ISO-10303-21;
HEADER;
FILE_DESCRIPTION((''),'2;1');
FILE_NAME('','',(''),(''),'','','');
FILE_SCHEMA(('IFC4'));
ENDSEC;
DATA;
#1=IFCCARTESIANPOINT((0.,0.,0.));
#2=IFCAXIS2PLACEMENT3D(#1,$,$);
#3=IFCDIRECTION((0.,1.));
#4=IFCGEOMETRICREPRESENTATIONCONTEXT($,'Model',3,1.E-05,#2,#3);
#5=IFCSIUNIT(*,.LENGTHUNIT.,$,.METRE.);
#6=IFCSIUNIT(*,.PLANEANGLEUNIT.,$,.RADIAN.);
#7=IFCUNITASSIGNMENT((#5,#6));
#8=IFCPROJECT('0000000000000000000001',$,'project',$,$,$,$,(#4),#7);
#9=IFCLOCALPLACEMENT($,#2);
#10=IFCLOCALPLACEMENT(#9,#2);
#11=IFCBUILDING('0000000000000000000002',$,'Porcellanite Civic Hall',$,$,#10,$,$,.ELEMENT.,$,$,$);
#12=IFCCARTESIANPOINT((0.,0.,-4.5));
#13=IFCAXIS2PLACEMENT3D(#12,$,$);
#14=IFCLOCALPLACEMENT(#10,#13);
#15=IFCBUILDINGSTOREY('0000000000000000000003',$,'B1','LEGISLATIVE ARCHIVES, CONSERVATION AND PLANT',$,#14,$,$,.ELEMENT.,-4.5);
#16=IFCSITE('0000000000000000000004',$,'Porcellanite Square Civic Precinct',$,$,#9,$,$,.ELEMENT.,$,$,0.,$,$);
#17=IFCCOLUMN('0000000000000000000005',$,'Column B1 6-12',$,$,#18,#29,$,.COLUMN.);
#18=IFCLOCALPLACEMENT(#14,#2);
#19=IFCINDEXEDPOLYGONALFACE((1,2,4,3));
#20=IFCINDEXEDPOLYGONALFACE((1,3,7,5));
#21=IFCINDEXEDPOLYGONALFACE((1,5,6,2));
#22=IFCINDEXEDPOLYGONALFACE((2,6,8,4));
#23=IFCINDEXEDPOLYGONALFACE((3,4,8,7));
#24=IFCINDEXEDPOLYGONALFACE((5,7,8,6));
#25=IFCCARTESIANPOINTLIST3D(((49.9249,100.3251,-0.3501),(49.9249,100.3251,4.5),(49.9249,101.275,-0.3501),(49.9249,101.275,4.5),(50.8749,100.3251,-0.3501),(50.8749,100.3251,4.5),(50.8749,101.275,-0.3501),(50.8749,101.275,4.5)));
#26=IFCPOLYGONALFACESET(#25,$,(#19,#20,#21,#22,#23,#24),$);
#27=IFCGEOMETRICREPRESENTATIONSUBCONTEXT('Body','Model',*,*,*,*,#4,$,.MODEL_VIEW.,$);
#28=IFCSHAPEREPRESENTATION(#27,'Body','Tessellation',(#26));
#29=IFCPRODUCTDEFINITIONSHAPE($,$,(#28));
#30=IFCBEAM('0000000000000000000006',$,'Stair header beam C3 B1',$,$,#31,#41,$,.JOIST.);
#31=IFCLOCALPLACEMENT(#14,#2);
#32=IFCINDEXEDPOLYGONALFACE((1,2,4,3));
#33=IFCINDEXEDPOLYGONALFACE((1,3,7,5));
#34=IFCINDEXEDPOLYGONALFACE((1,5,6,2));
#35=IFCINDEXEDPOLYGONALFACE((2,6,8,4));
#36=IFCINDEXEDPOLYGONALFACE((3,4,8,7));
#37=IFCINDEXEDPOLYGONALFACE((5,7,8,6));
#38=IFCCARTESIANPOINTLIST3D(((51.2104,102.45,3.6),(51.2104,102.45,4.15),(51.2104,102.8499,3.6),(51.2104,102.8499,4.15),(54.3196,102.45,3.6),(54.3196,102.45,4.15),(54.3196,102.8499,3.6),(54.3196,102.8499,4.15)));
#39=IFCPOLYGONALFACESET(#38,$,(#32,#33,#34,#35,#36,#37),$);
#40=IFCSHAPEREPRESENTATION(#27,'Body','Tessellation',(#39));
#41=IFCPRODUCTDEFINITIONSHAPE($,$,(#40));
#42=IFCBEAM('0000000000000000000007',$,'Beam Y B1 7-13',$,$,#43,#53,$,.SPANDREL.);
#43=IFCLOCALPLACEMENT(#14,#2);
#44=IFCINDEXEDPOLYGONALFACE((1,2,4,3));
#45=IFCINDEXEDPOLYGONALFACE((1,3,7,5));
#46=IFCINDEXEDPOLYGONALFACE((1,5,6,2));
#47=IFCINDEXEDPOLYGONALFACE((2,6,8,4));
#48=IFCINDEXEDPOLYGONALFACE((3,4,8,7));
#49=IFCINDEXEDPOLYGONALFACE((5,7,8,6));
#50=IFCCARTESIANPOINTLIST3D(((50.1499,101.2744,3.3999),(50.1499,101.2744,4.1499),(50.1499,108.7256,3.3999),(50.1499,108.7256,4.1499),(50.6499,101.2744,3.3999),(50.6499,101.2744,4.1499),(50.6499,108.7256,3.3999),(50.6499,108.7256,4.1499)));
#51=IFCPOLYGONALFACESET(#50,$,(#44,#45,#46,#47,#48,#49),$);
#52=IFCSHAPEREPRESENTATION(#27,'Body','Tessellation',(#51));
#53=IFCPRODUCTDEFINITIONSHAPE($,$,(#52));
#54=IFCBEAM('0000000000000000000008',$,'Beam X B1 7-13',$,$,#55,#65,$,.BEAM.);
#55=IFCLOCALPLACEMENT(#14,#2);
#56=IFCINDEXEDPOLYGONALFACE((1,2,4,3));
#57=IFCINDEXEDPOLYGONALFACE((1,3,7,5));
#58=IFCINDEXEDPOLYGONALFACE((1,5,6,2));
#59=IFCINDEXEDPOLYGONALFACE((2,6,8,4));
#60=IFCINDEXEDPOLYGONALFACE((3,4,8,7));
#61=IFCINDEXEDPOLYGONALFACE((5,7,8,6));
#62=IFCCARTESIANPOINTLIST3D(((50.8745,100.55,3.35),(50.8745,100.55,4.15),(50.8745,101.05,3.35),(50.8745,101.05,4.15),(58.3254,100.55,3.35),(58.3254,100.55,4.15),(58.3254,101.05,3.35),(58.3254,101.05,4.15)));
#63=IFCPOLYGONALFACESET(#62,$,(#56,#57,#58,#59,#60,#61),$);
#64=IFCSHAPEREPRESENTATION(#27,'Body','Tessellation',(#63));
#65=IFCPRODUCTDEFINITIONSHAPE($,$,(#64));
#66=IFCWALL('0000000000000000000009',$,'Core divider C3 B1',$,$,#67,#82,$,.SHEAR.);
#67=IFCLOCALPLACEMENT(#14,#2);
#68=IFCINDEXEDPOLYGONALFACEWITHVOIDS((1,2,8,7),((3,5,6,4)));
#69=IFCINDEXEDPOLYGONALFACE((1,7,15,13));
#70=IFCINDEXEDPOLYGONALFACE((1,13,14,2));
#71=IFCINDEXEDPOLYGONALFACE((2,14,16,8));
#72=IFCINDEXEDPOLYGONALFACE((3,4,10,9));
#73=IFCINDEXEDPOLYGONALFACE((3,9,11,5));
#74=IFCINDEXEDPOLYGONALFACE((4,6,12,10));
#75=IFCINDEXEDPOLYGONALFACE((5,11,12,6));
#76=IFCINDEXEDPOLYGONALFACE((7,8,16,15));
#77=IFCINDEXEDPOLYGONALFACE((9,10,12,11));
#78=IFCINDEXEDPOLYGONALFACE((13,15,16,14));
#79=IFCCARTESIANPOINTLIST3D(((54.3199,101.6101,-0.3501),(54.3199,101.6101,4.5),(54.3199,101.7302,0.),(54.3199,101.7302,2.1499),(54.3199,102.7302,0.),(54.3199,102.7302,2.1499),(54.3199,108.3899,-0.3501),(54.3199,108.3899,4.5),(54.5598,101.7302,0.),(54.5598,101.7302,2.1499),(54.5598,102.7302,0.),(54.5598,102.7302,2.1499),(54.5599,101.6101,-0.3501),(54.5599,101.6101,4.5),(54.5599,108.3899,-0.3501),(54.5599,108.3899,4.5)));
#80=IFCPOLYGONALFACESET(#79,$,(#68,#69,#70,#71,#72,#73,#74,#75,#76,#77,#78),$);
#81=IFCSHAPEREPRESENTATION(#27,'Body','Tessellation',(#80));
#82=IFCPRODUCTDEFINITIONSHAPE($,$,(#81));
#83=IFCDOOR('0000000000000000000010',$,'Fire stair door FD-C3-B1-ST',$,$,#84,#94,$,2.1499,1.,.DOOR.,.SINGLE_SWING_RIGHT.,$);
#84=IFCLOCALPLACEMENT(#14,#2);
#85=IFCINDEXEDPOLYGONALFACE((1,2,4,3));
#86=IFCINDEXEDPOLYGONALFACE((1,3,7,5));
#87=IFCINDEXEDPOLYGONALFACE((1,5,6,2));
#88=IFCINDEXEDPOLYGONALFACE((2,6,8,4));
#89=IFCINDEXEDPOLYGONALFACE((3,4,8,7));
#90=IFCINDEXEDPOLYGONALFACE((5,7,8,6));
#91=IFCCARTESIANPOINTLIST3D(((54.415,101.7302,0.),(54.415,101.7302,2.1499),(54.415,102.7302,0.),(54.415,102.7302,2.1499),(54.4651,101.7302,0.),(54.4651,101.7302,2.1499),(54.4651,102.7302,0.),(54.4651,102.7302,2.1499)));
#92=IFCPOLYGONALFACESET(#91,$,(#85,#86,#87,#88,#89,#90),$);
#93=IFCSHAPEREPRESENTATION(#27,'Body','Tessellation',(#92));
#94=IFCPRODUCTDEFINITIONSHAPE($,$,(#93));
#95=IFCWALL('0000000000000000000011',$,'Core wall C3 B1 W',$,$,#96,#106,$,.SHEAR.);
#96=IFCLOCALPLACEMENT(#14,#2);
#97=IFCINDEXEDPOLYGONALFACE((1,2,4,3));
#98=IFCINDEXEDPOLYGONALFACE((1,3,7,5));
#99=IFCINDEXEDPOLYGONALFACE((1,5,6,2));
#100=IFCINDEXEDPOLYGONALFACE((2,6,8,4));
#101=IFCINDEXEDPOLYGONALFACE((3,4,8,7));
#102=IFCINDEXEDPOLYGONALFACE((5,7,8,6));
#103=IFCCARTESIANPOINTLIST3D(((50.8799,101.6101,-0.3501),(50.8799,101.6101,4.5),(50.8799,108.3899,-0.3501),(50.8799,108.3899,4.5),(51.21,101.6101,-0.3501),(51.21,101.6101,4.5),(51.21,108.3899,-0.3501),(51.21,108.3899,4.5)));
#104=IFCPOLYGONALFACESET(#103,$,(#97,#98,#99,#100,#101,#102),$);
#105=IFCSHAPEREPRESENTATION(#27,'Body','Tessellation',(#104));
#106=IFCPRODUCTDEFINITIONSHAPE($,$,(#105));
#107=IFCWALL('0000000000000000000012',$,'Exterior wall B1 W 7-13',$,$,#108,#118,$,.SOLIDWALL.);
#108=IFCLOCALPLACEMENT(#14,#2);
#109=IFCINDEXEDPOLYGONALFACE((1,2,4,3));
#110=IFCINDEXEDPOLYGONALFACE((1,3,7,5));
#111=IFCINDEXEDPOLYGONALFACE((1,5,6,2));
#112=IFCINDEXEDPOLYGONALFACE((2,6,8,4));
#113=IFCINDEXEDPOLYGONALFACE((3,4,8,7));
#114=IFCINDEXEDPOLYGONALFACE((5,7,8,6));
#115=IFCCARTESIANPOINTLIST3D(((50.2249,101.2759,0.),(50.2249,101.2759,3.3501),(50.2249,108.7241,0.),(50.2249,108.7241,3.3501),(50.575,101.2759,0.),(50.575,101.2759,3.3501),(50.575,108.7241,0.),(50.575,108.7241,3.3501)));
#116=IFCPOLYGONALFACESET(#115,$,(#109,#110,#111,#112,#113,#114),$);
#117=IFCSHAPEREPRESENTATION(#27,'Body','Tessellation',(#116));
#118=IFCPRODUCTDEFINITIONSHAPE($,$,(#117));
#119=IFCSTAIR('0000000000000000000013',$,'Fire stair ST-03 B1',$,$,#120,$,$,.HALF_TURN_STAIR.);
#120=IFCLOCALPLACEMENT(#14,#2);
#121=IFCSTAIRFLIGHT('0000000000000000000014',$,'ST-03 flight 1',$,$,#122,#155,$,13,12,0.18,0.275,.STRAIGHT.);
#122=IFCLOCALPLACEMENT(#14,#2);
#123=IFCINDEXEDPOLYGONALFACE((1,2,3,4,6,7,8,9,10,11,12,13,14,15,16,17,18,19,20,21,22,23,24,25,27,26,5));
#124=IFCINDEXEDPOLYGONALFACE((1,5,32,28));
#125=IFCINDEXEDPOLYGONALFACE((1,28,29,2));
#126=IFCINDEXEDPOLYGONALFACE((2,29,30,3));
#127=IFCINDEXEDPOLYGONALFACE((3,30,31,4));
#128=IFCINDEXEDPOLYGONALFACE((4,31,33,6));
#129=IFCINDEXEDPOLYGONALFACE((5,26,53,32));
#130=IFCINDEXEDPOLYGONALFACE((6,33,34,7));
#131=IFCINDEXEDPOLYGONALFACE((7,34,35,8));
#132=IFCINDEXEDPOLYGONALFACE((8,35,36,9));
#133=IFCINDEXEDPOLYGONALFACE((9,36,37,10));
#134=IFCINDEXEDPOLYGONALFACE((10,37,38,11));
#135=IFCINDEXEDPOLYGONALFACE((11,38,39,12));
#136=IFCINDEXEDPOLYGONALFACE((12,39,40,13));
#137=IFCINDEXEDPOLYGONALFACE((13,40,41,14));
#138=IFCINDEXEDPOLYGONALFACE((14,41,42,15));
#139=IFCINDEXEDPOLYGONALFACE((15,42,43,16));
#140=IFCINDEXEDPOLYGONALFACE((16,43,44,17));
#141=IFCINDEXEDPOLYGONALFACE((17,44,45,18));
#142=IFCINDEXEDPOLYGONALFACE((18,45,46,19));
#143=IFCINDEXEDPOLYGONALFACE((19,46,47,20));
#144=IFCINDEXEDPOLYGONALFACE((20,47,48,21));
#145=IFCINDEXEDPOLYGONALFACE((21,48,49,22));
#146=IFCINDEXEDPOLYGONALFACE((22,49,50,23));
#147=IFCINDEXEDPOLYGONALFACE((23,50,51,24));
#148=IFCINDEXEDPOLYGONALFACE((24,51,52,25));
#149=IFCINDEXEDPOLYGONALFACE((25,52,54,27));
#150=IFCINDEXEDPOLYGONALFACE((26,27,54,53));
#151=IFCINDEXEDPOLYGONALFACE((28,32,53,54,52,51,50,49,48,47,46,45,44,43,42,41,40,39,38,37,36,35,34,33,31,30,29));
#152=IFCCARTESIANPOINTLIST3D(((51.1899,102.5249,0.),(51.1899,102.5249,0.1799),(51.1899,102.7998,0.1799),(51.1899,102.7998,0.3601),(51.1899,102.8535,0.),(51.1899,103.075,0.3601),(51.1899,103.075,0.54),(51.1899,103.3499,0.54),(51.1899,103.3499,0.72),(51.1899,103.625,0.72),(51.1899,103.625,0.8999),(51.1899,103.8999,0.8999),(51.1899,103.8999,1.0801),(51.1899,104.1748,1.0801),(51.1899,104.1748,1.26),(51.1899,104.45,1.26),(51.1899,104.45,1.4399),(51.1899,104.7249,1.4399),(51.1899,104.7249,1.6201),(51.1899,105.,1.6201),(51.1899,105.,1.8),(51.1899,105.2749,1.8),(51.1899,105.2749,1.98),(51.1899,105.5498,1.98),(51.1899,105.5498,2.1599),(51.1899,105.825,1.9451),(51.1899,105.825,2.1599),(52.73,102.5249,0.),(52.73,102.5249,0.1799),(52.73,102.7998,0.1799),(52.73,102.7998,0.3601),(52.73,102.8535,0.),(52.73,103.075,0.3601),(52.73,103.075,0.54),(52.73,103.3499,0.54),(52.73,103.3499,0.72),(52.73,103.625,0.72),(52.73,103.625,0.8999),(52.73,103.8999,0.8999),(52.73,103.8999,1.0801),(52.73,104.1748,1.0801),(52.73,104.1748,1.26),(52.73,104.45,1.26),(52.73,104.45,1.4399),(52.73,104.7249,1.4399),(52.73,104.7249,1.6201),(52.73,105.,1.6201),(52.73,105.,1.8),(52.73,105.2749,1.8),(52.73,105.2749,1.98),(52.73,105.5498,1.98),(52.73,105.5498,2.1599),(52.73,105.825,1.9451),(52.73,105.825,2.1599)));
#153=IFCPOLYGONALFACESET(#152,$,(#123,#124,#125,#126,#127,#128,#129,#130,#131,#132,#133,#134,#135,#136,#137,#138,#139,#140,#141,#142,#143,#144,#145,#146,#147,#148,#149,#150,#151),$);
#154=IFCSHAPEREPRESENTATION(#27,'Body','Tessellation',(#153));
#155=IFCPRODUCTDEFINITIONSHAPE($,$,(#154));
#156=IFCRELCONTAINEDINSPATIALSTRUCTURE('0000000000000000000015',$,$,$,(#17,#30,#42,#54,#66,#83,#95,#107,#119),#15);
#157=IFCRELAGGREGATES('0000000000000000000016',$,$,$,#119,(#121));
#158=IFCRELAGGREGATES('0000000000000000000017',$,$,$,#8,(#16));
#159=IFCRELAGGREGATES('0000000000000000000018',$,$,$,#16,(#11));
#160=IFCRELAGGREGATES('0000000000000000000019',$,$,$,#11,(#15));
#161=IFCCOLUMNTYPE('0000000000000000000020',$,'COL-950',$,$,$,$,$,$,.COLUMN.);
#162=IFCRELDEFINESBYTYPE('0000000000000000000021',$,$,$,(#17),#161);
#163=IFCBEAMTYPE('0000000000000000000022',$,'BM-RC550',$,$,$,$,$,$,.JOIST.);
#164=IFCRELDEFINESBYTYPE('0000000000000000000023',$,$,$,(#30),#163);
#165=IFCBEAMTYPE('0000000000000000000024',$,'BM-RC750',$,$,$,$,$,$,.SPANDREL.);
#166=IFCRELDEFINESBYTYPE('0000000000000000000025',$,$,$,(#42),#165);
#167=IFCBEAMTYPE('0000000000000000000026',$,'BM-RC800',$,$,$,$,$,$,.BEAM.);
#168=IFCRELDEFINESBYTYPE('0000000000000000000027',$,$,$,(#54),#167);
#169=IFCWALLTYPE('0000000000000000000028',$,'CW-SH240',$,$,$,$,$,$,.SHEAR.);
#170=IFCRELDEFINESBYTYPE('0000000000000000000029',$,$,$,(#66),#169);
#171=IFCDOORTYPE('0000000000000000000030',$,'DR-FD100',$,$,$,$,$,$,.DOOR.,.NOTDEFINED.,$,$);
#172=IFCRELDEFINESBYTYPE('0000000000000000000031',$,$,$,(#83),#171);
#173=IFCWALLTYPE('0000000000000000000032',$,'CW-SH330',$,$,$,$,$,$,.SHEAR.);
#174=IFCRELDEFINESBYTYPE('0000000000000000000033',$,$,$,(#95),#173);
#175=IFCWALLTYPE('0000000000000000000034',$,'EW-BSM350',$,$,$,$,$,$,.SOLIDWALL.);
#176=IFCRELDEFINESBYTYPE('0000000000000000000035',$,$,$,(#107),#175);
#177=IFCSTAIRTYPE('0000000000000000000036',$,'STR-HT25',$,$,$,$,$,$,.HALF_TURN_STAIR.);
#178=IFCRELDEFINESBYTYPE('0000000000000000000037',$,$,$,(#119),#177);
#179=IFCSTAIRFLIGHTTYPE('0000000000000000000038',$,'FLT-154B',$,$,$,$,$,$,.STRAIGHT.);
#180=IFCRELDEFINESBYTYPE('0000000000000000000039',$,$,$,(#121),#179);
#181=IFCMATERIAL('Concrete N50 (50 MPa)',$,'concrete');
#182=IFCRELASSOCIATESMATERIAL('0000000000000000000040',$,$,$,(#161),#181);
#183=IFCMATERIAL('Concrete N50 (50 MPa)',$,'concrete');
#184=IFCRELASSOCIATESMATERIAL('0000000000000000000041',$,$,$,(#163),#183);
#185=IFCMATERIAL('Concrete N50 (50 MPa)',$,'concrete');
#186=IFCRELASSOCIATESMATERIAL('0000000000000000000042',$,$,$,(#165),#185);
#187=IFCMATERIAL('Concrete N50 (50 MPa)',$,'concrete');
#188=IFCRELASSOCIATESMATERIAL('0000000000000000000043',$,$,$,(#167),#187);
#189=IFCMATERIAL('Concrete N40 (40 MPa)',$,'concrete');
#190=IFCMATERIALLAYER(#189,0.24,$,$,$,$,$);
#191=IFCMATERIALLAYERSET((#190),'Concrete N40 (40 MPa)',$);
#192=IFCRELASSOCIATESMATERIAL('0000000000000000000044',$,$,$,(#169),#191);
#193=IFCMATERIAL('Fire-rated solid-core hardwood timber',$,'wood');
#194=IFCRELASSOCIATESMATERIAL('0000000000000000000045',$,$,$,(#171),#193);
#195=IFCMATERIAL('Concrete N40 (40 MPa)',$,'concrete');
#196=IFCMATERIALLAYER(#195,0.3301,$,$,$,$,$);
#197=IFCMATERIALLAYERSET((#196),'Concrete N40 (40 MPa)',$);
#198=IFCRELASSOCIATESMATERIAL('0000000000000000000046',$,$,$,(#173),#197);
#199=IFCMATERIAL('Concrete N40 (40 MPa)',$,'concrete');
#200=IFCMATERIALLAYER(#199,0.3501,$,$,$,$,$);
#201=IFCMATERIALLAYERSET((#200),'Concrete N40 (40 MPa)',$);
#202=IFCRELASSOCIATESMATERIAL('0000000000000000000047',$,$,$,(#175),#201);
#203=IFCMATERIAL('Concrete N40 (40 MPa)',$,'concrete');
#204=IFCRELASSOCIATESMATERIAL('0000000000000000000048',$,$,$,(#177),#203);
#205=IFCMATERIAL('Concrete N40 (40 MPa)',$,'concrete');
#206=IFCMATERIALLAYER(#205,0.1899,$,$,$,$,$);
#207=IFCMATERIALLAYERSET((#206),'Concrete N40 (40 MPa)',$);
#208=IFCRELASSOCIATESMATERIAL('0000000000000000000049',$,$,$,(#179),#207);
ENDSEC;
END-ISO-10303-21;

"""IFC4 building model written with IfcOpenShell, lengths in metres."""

from ifc_helpers import new_model, si_unit, direction, frame, frame_2d, origin, origin_2d, place, context, subcontext, project, spatial, polyline, rectangle, outline, extrude, material, layer, layer_set, material_profile, profile_set, type_object, element, fill, aggregate, save


model = new_model("IFC4")

# Units and contexts
model_context = context("Model", 3, precision=1e-05, world=origin(), true_north=direction((0.0, 1.0)))
body_context = subcontext(model_context, "Body", "Model", "MODEL_VIEW")
ifc_project = project(units=[si_unit("LENGTHUNIT", "METRE"), si_unit("PLANEANGLEUNIT", "RADIAN")], contexts=[model_context])

# Site, building, storey
site_placement = place(None, origin())
site = spatial("IfcSite", under=ifc_project, at=site_placement, Name="Porcellanite Square Civic Precinct", CompositionType="ELEMENT", RefElevation=0.0)
building_placement = place(site_placement, origin())
building = spatial("IfcBuilding", under=site, at=building_placement, Name="Porcellanite Civic Hall", CompositionType="ELEMENT")
storey_placement = place(building_placement, frame((0.0, 0.0, -4.5)))
storey = spatial("IfcBuildingStorey", under=building, at=storey_placement, Name="B1", Description="LEGISLATIVE ARCHIVES, CONSERVATION AND PLANT", CompositionType="ELEMENT", Elevation=-4.5)

# Column
ifc_material_1 = material(Name="Concrete N50 (50 MPa)", Category="concrete")
ifc_material_profile_1 = material_profile(ifc_material_1, rectangle(XDim=0.95, YDim=0.95, at=origin_2d()), Name="RC-950x950")
ifc_profile_set_1 = profile_set([ifc_material_profile_1], Name="Concrete N50 (50 MPa)")
column_type = type_object("IfcColumnType", Name="COL-950", PredefinedType="COLUMN", material=ifc_profile_set_1)
column_placement = place(storey_placement, frame((50.3999, 100.8, -0.3501), z_axis=(0.0, 0.0, 1.0), x_axis=(1.0, 0.0, 0.0)))
element("IfcColumn", 1, at=column_placement, inside=storey, type_object=column_type, Name="Column B1 6-12", PredefinedType="COLUMN", context=body_context, shape_type="SweptSolid", body=[
    extrude(rectangle(XDim=0.95, YDim=0.95, at=origin_2d()), origin(), (0.0, 0.0, 1.0), 4.8501),
])

# Beams
ifc_material_2 = material(Name="Concrete N50 (50 MPa)", Category="concrete")
ifc_material_profile_2 = material_profile(ifc_material_2, rectangle(XDim=0.3999, YDim=0.55, at=origin_2d()), Name="RC-400x550")
ifc_profile_set_2 = profile_set([ifc_material_profile_2], Name="Concrete N50 (50 MPa)")
beam_type_1 = type_object("IfcBeamType", Name="BM-RC550", PredefinedType="JOIST", material=ifc_profile_set_2)
beam_1_placement = place(storey_placement, frame((51.2104, 102.6499, 3.875), z_axis=(1.0, 0.0, 0.0), x_axis=(0.0, 1.0, 0.0)))
element("IfcBeam", 2, at=beam_1_placement, inside=storey, type_object=beam_type_1, Name="Stair header beam C3 B1", PredefinedType="JOIST", context=body_context, shape_type="SweptSolid", body=[
    extrude(rectangle(XDim=0.3999, YDim=0.55, at=origin_2d()), origin(), (0.0, 0.0, 1.0), 3.1091),
])
ifc_material_3 = material(Name="Concrete N50 (50 MPa)", Category="concrete")
ifc_material_profile_3 = material_profile(ifc_material_3, rectangle(XDim=0.5, YDim=0.75, at=origin_2d()), Name="RC-500x750")
ifc_profile_set_3 = profile_set([ifc_material_profile_3], Name="Concrete N50 (50 MPa)")
beam_type_2 = type_object("IfcBeamType", Name="BM-RC750", PredefinedType="SPANDREL", material=ifc_profile_set_3)
beam_2_placement = place(storey_placement, frame((50.3999, 101.2744, 3.7749), z_axis=(0.0, 1.0, 0.0), x_axis=(-1.0, 0.0, 0.0)))
element("IfcBeam", 3, at=beam_2_placement, inside=storey, type_object=beam_type_2, Name="Beam Y B1 7-13", PredefinedType="SPANDREL", context=body_context, shape_type="SweptSolid", body=[
    extrude(rectangle(XDim=0.5, YDim=0.75, at=origin_2d()), origin(), (0.0, 0.0, 1.0), 7.4512),
])
ifc_material_4 = material(Name="Concrete N50 (50 MPa)", Category="concrete")
ifc_material_profile_4 = material_profile(ifc_material_4, rectangle(XDim=0.5, YDim=0.8, at=origin_2d()), Name="RC-500x800")
ifc_profile_set_4 = profile_set([ifc_material_profile_4], Name="Concrete N50 (50 MPa)")
beam_type_3 = type_object("IfcBeamType", Name="BM-RC800", PredefinedType="BEAM", material=ifc_profile_set_4)
beam_3_placement = place(storey_placement, frame((50.8745, 100.8, 3.75), z_axis=(1.0, 0.0, 0.0), x_axis=(0.0, 1.0, 0.0)))
element("IfcBeam", 4, at=beam_3_placement, inside=storey, type_object=beam_type_3, Name="Beam X B1 7-13", PredefinedType="BEAM", context=body_context, shape_type="SweptSolid", body=[
    extrude(rectangle(XDim=0.5, YDim=0.8, at=origin_2d()), origin(), (0.0, 0.0, 1.0), 7.4509),
])

# Wall, opening, door
ifc_material_5 = material(Name="Concrete N40 (40 MPa)", Category="concrete")
ifc_layer_1 = layer(ifc_material_5, 0.24)
ifc_layer_set_1 = layer_set([ifc_layer_1], Name="Concrete N40 (40 MPa)")
wall_type_1 = type_object("IfcWallType", Name="CW-SH240", PredefinedType="SHEAR", material=ifc_layer_set_1)
wall_1_placement = place(storey_placement, frame((54.4399, 101.6101, -0.3501), z_axis=(0.0, 0.0, 1.0), x_axis=(0.0, 1.0, 0.0)))
wall_1 = element("IfcWall", 5, at=wall_1_placement, inside=storey, type_object=wall_type_1, Name="Core divider C3 B1", PredefinedType="SHEAR", context=body_context, shape_type="SweptSolid", body=[
    extrude(rectangle(XDim=6.7798, YDim=0.24, at=frame_2d((3.3899, 0.0))), origin(), (0.0, 0.0, 1.0), 4.8501),
])
opening_placement = place(wall_1_placement, frame((0.1201, 0.0, 0.3501)))
opening = element("IfcOpeningElement", 6, at=opening_placement, cuts=wall_1, PredefinedType="OPENING", context=body_context, shape_type="SweptSolid", body=[
    extrude(rectangle(XDim=1.0, YDim=2.1499, at=frame_2d((0.5, 1.075))), frame((0.0, 0.1201, 0.0), z_axis=(0.0, -1.0, 0.0), x_axis=(1.0, 0.0, 0.0)), (0.0, 0.0, 1.0), 0.24),
])
ifc_material_6 = material(Name="Fire-rated solid-core hardwood timber", Category="wood")
door_type = type_object("IfcDoorType", Name="DR-FD100", OperationType="NOTDEFINED", PredefinedType="DOOR", material=ifc_material_6)
door_placement = place(opening_placement, origin())
door = element("IfcDoor", 7, at=door_placement, inside=storey, type_object=door_type, Name="Fire stair door FD-C3-B1-ST", OperationType="SINGLE_SWING_RIGHT", OverallHeight=2.1499, OverallWidth=1.0, PredefinedType="DOOR", context=body_context, shape_type="SweptSolid", body=[
    extrude(rectangle(XDim=1.0, YDim=2.1499, at=frame_2d((0.5, 1.075))), frame((0.0, 0.0249, 0.0), z_axis=(0.0, -1.0, 0.0), x_axis=(1.0, 0.0, 0.0)), (0.0, 0.0, 1.0), 0.05),
])
fill(opening, door)

# Walls
ifc_material_7 = material(Name="Concrete N40 (40 MPa)", Category="concrete")
ifc_layer_2 = layer(ifc_material_7, 0.3301)
ifc_layer_set_2 = layer_set([ifc_layer_2], Name="Concrete N40 (40 MPa)")
wall_type_2 = type_object("IfcWallType", Name="CW-SH330", PredefinedType="SHEAR", material=ifc_layer_set_2)
wall_2_placement = place(storey_placement, frame((51.0449, 101.6101, -0.3501), z_axis=(0.0, 0.0, 1.0), x_axis=(0.0, 1.0, 0.0)))
element("IfcWall", 8, at=wall_2_placement, inside=storey, type_object=wall_type_2, Name="Core wall C3 B1 W", PredefinedType="SHEAR", context=body_context, shape_type="SweptSolid", body=[
    extrude(rectangle(XDim=6.7798, YDim=0.3301, at=frame_2d((3.3899, 0.0))), origin(), (0.0, 0.0, 1.0), 4.8501),
])
ifc_material_8 = material(Name="Concrete N40 (40 MPa)", Category="concrete")
ifc_layer_3 = layer(ifc_material_8, 0.3501)
ifc_layer_set_3 = layer_set([ifc_layer_3], Name="Concrete N40 (40 MPa)")
wall_type_3 = type_object("IfcWallType", Name="EW-BSM350", PredefinedType="SOLIDWALL", material=ifc_layer_set_3)
wall_3_placement = place(storey_placement, frame((50.3999, 101.2759, 0.0), z_axis=(0.0, 0.0, 1.0), x_axis=(0.0, 1.0, 0.0)))
element("IfcWall", 9, at=wall_3_placement, inside=storey, type_object=wall_type_3, Name="Exterior wall B1 W 7-13", PredefinedType="SOLIDWALL", context=body_context, shape_type="SweptSolid", body=[
    extrude(rectangle(XDim=7.4482, YDim=0.3501, at=frame_2d((3.7241, 0.0))), origin(), (0.0, 0.0, 1.0), 3.3501),
])

# Stair, stair flight
ifc_material_9 = material(Name="Concrete N40 (40 MPa)", Category="concrete")
stair_type = type_object("IfcStairType", Name="STR-HT25", PredefinedType="HALF_TURN_STAIR", material=ifc_material_9)
stair_placement = place(storey_placement, origin())
stair = element("IfcStair", 10, at=stair_placement, inside=storey, type_object=stair_type, Name="Fire stair ST-03 B1", PredefinedType="HALF_TURN_STAIR")
ifc_material_10 = material(Name="Concrete N40 (40 MPa)", Category="concrete")
ifc_layer_4 = layer(ifc_material_10, 0.1899)
ifc_layer_set_4 = layer_set([ifc_layer_4], Name="Concrete N40 (40 MPa)")
stair_flight_type = type_object("IfcStairFlightType", Name="FLT-154B", PredefinedType="STRAIGHT", material=ifc_layer_set_4)
stair_flight_placement = place(storey_placement, frame((51.96, 102.5249, 0.0), z_axis=(0.0, 0.0, 1.0), x_axis=(0.0, 1.0, 0.0)))
stair_flight = element("IfcStairFlight", 11, at=stair_flight_placement, type_object=stair_flight_type, Name="ST-03 flight 1", NumberOfRisers=13, NumberOfTreads=12, PredefinedType="STRAIGHT", RiserHeight=0.18, TreadLength=0.275, context=body_context, shape_type="SweptSolid", body=[
    extrude(outline(polyline([(0.0, 0.0), (0.0, 0.1799), (0.2749, 0.1799), (0.2749, 0.3601), (0.55, 0.3601), (0.55, 0.54), (0.825, 0.54), (0.825, 0.72), (1.1001, 0.72), (1.1001, 0.8999), (1.375, 0.8999), (1.375, 1.0801), (1.6499, 1.0801), (1.6499, 1.26), (1.925, 1.26), (1.925, 1.4399), (2.2, 1.4399), (2.2, 1.6201), (2.4751, 1.6201), (2.4751, 1.8), (2.75, 1.8), (2.75, 1.98), (3.0249, 1.98), (3.0249, 2.1599), (3.3, 2.1599), (3.3, 2.3401), (3.3, 1.9451), (0.3286, 0.0), (0.0, 0.0)])), frame((0.0, 0.77, 0.0), z_axis=(0.0, -1.0, 0.0), x_axis=(1.0, 0.0, 0.0)), (0.0, 0.0, 1.0), 1.54),
])
aggregate(stair, [stair_flight])

save(model, "model.ifc")
